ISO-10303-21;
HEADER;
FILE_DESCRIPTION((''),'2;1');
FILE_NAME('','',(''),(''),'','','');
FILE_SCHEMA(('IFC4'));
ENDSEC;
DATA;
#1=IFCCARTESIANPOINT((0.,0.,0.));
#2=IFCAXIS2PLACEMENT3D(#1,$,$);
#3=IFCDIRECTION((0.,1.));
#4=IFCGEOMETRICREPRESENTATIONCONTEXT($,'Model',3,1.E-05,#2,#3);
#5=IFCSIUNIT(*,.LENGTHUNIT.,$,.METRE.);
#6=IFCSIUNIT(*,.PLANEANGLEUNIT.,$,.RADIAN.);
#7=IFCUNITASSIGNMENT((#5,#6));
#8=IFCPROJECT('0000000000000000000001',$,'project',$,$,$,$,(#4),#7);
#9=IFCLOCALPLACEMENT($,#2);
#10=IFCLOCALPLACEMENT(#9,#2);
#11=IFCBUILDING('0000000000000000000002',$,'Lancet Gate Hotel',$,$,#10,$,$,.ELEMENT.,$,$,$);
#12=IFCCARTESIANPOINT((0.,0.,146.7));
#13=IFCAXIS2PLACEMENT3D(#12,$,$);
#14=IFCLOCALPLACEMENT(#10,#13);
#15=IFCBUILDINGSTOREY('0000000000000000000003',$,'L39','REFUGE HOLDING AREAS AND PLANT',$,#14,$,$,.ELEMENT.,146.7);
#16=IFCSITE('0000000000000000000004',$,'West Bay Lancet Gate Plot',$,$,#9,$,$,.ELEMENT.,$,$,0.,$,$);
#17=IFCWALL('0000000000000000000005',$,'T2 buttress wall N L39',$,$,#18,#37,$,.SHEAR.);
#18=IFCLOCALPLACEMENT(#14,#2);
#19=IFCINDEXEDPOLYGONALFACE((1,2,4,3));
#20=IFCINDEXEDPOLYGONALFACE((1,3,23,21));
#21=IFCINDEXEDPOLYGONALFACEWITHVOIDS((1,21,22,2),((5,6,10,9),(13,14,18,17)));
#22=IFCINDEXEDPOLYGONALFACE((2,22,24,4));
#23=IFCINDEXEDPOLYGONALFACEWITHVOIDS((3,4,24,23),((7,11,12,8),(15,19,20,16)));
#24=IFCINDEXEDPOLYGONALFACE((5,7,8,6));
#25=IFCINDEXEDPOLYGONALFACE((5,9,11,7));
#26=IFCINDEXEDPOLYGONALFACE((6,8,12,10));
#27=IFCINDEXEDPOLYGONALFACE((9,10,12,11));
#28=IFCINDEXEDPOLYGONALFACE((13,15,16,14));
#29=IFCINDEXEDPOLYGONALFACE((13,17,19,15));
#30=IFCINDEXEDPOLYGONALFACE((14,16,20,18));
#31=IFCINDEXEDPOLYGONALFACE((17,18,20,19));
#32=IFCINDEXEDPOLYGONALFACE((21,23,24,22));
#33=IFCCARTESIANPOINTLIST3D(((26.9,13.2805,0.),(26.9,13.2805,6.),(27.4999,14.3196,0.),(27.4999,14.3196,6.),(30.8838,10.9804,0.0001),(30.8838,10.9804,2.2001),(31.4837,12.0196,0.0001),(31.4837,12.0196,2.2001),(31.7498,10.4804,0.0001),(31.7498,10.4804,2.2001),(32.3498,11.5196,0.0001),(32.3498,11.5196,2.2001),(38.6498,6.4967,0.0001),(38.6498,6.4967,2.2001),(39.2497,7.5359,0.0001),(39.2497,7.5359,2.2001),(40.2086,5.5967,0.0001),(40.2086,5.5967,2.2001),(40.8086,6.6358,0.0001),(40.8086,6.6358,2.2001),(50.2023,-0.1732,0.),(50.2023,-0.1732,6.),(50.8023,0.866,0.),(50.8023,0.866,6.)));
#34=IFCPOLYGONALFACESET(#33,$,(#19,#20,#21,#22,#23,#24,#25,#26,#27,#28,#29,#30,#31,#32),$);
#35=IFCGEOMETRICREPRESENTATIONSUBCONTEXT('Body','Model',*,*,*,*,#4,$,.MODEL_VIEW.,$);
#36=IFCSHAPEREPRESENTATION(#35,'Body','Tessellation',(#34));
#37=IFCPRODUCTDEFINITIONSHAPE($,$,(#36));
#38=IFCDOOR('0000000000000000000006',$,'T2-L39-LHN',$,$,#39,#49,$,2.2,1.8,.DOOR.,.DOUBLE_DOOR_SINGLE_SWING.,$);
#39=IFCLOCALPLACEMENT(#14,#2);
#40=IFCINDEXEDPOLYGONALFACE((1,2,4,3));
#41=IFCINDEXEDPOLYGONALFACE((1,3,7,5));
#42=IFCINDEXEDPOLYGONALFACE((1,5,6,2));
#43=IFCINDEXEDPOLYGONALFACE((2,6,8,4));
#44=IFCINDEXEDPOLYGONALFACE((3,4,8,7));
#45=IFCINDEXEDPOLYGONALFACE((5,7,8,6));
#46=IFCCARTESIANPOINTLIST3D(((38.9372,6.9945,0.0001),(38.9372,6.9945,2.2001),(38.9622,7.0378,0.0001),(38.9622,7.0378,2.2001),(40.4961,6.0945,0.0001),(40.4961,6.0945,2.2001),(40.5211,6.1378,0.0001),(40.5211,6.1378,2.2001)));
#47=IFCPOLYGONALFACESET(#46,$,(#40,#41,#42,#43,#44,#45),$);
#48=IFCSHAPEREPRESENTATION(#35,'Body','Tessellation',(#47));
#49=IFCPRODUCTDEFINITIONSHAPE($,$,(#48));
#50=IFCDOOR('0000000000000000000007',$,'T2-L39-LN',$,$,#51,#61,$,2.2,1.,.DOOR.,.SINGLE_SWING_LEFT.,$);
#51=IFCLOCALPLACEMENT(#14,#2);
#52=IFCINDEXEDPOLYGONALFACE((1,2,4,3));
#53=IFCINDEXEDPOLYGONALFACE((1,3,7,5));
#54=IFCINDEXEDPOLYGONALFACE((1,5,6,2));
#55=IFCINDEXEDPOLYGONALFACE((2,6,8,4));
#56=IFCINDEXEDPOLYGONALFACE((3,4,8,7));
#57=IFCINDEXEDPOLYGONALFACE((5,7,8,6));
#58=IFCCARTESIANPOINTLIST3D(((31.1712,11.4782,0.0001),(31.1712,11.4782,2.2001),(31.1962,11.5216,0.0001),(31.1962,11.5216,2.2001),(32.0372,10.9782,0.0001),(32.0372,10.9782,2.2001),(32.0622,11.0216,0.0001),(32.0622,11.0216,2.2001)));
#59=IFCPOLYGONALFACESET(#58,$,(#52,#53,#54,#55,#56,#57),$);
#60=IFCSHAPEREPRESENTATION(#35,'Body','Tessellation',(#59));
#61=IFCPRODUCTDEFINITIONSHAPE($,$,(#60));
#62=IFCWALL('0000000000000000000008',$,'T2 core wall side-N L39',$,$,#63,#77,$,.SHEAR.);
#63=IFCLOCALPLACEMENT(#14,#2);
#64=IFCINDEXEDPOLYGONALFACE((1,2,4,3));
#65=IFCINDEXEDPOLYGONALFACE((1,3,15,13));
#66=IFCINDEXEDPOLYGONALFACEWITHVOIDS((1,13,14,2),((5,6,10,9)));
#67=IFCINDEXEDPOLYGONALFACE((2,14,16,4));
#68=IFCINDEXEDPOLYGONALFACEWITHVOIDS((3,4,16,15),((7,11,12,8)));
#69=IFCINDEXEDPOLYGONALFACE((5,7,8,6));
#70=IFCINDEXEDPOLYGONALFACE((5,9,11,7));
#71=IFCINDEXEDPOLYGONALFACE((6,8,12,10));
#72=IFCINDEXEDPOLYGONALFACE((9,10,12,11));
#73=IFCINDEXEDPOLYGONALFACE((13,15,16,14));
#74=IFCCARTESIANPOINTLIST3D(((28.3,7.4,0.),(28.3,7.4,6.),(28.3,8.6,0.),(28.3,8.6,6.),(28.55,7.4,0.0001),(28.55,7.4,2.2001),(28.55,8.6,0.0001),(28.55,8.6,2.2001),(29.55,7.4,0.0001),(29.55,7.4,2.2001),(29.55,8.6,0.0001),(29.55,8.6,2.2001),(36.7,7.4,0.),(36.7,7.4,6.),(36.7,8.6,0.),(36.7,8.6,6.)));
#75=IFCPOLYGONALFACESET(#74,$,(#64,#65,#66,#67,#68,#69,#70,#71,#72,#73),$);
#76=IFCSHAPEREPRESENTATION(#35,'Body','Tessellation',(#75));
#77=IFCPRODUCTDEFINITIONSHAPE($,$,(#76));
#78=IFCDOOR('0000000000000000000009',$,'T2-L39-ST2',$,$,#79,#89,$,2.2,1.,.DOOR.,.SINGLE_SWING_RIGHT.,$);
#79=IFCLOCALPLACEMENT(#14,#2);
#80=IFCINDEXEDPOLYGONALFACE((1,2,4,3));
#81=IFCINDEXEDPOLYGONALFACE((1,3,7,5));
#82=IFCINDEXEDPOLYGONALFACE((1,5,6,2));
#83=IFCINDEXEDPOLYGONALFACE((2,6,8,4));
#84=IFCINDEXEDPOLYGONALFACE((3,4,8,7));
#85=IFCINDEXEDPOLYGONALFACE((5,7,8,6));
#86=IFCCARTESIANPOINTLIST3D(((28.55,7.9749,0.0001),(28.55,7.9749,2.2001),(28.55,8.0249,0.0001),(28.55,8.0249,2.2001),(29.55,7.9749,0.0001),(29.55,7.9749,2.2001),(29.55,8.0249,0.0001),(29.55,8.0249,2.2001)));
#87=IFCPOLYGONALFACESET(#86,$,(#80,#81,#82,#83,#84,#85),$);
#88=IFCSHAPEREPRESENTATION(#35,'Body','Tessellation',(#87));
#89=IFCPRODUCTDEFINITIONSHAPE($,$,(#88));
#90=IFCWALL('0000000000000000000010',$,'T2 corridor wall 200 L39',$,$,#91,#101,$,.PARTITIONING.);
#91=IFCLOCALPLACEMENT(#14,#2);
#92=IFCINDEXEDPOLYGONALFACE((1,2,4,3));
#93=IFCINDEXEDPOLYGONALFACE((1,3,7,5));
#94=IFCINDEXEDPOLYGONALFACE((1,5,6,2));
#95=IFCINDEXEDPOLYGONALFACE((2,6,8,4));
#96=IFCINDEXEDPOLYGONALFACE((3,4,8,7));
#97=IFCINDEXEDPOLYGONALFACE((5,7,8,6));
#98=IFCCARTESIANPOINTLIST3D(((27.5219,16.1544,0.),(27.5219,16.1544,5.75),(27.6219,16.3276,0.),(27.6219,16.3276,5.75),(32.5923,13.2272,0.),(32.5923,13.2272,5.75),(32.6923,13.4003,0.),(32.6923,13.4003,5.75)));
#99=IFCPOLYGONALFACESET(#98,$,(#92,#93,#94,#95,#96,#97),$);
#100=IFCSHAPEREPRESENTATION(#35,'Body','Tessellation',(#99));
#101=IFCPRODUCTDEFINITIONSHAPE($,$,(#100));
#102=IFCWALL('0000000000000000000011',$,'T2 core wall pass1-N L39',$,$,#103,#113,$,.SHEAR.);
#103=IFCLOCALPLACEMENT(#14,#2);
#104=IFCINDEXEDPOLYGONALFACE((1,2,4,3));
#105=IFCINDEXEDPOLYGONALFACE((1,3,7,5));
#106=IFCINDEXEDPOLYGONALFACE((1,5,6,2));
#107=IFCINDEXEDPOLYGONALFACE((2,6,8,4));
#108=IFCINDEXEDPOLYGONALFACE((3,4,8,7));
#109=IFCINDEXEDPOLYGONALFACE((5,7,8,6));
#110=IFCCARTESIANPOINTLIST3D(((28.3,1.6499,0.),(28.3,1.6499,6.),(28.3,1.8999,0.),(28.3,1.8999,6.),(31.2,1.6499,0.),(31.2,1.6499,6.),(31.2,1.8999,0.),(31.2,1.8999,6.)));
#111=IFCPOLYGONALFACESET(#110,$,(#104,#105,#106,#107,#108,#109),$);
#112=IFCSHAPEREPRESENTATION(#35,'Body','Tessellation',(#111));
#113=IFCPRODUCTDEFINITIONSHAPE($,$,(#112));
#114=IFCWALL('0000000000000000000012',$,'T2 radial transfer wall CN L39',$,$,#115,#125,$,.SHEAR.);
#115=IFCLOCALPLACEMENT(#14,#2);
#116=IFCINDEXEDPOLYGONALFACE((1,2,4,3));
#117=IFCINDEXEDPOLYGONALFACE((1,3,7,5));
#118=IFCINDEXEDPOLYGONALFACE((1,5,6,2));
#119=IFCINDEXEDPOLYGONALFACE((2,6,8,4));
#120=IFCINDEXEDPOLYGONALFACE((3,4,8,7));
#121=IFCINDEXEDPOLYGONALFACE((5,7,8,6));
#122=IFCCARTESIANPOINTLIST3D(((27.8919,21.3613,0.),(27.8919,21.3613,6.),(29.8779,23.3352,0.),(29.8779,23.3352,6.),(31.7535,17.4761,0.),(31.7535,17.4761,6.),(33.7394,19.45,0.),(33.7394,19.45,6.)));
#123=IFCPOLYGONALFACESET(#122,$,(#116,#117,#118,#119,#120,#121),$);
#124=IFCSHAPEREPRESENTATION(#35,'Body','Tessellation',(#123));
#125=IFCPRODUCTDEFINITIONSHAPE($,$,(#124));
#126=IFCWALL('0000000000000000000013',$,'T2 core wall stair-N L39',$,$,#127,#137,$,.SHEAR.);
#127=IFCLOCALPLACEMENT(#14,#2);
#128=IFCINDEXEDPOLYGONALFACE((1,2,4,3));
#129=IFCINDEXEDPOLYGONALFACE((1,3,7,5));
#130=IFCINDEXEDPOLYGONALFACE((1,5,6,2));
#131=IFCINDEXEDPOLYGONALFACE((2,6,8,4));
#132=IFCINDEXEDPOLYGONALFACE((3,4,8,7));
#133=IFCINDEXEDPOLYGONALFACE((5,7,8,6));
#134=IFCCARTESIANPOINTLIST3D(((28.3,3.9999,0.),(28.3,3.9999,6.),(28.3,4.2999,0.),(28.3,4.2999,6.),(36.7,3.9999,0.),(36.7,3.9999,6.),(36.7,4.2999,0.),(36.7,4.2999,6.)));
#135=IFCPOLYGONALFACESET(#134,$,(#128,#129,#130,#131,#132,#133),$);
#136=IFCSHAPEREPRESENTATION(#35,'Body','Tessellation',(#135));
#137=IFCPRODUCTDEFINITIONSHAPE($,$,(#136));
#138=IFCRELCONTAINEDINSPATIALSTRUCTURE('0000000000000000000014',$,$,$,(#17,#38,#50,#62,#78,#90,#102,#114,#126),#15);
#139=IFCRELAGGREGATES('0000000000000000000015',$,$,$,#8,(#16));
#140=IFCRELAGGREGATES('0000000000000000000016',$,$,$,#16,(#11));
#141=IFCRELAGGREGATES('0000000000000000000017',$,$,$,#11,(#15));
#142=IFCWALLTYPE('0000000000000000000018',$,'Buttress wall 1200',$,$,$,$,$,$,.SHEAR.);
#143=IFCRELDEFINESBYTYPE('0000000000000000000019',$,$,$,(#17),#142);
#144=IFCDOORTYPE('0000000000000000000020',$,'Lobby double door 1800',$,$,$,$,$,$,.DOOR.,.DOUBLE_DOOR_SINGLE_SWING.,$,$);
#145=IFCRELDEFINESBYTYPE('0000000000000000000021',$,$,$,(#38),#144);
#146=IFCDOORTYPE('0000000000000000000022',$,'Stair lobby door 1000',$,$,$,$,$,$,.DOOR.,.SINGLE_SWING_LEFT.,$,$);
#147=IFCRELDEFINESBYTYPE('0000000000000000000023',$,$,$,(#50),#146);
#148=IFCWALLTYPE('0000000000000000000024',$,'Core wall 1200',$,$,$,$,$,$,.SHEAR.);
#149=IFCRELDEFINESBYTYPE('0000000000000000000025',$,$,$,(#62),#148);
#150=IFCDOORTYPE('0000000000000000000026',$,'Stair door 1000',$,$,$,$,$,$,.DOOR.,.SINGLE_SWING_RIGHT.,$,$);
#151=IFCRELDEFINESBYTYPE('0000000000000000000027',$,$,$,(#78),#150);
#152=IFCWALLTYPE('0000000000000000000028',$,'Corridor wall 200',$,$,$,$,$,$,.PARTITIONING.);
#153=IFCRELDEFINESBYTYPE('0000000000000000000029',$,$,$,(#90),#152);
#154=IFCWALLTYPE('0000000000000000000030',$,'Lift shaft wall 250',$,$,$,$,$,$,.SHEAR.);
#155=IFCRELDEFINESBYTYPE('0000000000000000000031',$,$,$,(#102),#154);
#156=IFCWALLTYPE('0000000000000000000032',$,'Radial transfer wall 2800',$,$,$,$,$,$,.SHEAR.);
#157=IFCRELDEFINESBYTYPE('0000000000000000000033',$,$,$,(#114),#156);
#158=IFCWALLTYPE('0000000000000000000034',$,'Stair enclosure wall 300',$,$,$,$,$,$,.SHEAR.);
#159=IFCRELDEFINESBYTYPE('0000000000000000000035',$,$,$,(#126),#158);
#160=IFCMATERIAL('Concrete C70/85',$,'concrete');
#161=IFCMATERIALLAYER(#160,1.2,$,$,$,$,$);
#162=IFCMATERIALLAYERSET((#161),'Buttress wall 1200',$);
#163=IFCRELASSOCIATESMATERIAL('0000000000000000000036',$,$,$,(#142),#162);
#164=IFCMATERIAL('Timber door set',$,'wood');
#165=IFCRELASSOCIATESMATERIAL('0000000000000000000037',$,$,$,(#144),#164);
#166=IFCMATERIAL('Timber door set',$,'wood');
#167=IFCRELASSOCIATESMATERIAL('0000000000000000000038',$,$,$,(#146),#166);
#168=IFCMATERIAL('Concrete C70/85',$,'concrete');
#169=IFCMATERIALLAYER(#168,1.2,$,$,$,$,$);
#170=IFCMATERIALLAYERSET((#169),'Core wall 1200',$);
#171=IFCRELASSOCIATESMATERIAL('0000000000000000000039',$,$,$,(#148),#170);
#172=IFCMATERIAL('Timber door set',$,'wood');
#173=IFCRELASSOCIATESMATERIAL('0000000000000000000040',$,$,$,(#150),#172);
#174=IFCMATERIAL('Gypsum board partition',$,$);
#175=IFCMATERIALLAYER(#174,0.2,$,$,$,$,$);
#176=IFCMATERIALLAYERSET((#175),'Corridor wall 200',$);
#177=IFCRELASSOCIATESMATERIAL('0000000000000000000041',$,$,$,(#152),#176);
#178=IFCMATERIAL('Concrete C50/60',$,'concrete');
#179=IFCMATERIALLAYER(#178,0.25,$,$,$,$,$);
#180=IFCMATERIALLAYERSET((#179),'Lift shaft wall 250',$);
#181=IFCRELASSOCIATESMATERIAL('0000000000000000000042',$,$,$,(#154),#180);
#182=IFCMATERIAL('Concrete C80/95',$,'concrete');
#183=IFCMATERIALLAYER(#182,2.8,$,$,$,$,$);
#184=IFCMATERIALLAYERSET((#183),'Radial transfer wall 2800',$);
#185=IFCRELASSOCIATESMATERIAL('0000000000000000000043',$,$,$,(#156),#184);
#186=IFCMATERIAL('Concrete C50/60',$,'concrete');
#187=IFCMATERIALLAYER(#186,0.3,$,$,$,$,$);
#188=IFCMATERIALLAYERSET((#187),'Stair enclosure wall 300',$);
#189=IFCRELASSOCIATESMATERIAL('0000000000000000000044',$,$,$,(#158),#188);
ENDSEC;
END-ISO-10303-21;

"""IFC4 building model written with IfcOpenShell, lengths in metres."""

from ifc_helpers import new_model, si_unit, direction, frame, frame_2d, origin, place, context, subcontext, project, spatial, rectangle, extrude, material, layer, layer_set, type_object, element, fill, save


model = new_model("IFC4")

# Units and contexts
model_context = context("Model", 3, precision=1e-05, world=origin(), true_north=direction((0.0, 1.0)))
body_context = subcontext(model_context, "Body", "Model", "MODEL_VIEW")
ifc_project = project(units=[si_unit("LENGTHUNIT", "METRE"), si_unit("PLANEANGLEUNIT", "RADIAN")], contexts=[model_context])

# Site, building, storey
site_placement = place(None, origin())
site = spatial("IfcSite", under=ifc_project, at=site_placement, Name="West Bay Lancet Gate Plot", CompositionType="ELEMENT", RefElevation=0.0)
building_placement = place(site_placement, origin())
building = spatial("IfcBuilding", under=site, at=building_placement, Name="Lancet Gate Hotel", CompositionType="ELEMENT")
storey_placement = place(building_placement, frame((0.0, 0.0, 146.7)))
storey = spatial("IfcBuildingStorey", under=building, at=storey_placement, Name="L39", Description="REFUGE HOLDING AREAS AND PLANT", CompositionType="ELEMENT", Elevation=146.7)

# Wall, openings, doors
ifc_material_1 = material(Name="Concrete C70/85", Category="concrete")
ifc_layer_1 = layer(ifc_material_1, 1.2)
ifc_layer_set_1 = layer_set([ifc_layer_1], Name="Buttress wall 1200")
wall_type_1 = type_object("IfcWallType", Name="Buttress wall 1200", PredefinedType="SHEAR", material=ifc_layer_set_1)
wall_1_placement = place(storey_placement, frame((27.2, 13.8, 0.0), z_axis=(0.0, 0.0, 1.0), x_axis=(0.866025, -0.500002, 0.0)))
wall_1 = element("IfcWall", 1, at=wall_1_placement, inside=storey, type_object=wall_type_1, Name="T2 buttress wall N L39", PredefinedType="SHEAR", context=body_context, shape_type="SweptSolid", body=[
    extrude(rectangle(XDim=26.9072, YDim=1.2, at=frame_2d((13.4536, 0.0))), origin(), (0.0, 0.0, 1.0), 6.0),
])
opening_1_placement = place(wall_1_placement, frame((4.6001, 0.0, 0.0)))
opening_1 = element("IfcOpeningElement", 2, at=opening_1_placement, cuts=wall_1, PredefinedType="OPENING", context=body_context, shape_type="SweptSolid", body=[
    extrude(rectangle(XDim=1.0, YDim=2.2, at=frame_2d((0.5, 1.1001))), frame((0.0, 0.6099, 0.0), z_axis=(0.0, -1.0, 0.0), x_axis=(1.0, 0.0, 0.0)), (0.0, 0.0, 1.0), 1.22),
])
opening_2_placement = place(wall_1_placement, frame((13.5676, 0.0, 0.0)))
opening_2 = element("IfcOpeningElement", 3, at=opening_2_placement, cuts=wall_1, PredefinedType="OPENING", context=body_context, shape_type="SweptSolid", body=[
    extrude(rectangle(XDim=1.8, YDim=2.2, at=frame_2d((0.8999, 1.1001))), frame((0.0, 0.6099, 0.0), z_axis=(0.0, -1.0, 0.0), x_axis=(1.0, 0.0, 0.0)), (0.0, 0.0, 1.0), 1.22),
])
ifc_material_2 = material(Name="Timber door set", Category="wood")
door_type_1 = type_object("IfcDoorType", Name="Lobby double door 1800", OperationType="DOUBLE_DOOR_SINGLE_SWING", PredefinedType="DOOR", material=ifc_material_2)
door_1_placement = place(opening_2_placement, origin())
door_1 = element("IfcDoor", 4, at=door_1_placement, inside=storey, type_object=door_type_1, Name="T2-L39-LHN", OperationType="DOUBLE_DOOR_SINGLE_SWING", OverallHeight=2.2, OverallWidth=1.8, PredefinedType="DOOR", context=body_context, shape_type="SweptSolid", body=[
    extrude(rectangle(XDim=1.8, YDim=2.2, at=frame_2d((0.8999, 1.1001))), frame((0.0, 0.0249, 0.0), z_axis=(0.0, -1.0, 0.0), x_axis=(1.0, 0.0, 0.0)), (0.0, 0.0, 1.0), 0.05),
])
fill(opening_2, door_1)
ifc_material_3 = material(Name="Timber door set", Category="wood")
door_type_2 = type_object("IfcDoorType", Name="Stair lobby door 1000", OperationType="SINGLE_SWING_LEFT", PredefinedType="DOOR", material=ifc_material_3)
door_2_placement = place(opening_1_placement, origin())
door_2 = element("IfcDoor", 5, at=door_2_placement, inside=storey, type_object=door_type_2, Name="T2-L39-LN", OperationType="SINGLE_SWING_LEFT", OverallHeight=2.2, OverallWidth=1.0, PredefinedType="DOOR", context=body_context, shape_type="SweptSolid", body=[
    extrude(rectangle(XDim=1.0, YDim=2.2, at=frame_2d((0.5, 1.1001))), frame((0.0, 0.0249, 0.0), z_axis=(0.0, -1.0, 0.0), x_axis=(1.0, 0.0, 0.0)), (0.0, 0.0, 1.0), 0.05),
])
fill(opening_1, door_2)

# Wall, opening, door
ifc_material_4 = material(Name="Concrete C70/85", Category="concrete")
ifc_layer_2 = layer(ifc_material_4, 1.2)
ifc_layer_set_2 = layer_set([ifc_layer_2], Name="Core wall 1200")
wall_type_2 = type_object("IfcWallType", Name="Core wall 1200", PredefinedType="SHEAR", material=ifc_layer_set_2)
wall_2_placement = place(storey_placement, frame((28.3, 8.0, 0.0), z_axis=(0.0, 0.0, 1.0), x_axis=(1.0, 0.0, 0.0)))
wall_2 = element("IfcWall", 6, at=wall_2_placement, inside=storey, type_object=wall_type_2, Name="T2 core wall side-N L39", PredefinedType="SHEAR", context=body_context, shape_type="SweptSolid", body=[
    extrude(rectangle(XDim=8.3999, YDim=1.2, at=frame_2d((4.2, 0.0))), origin(), (0.0, 0.0, 1.0), 6.0),
])
opening_3_placement = place(wall_2_placement, frame((0.25, 0.0, 0.0)))
opening_3 = element("IfcOpeningElement", 7, at=opening_3_placement, cuts=wall_2, PredefinedType="OPENING", context=body_context, shape_type="SweptSolid", body=[
    extrude(rectangle(XDim=1.0, YDim=2.2, at=frame_2d((0.5, 1.1001))), frame((0.0, 0.6099, 0.0), z_axis=(0.0, -1.0, 0.0), x_axis=(1.0, 0.0, 0.0)), (0.0, 0.0, 1.0), 1.22),
])
ifc_material_5 = material(Name="Timber door set", Category="wood")
door_type_3 = type_object("IfcDoorType", Name="Stair door 1000", OperationType="SINGLE_SWING_RIGHT", PredefinedType="DOOR", material=ifc_material_5)
door_3_placement = place(opening_3_placement, origin())
door_3 = element("IfcDoor", 8, at=door_3_placement, inside=storey, type_object=door_type_3, Name="T2-L39-ST2", OperationType="SINGLE_SWING_RIGHT", OverallHeight=2.2, OverallWidth=1.0, PredefinedType="DOOR", context=body_context, shape_type="SweptSolid", body=[
    extrude(rectangle(XDim=1.0, YDim=2.2, at=frame_2d((0.5, 1.1001))), frame((0.0, 0.0249, 0.0), z_axis=(0.0, -1.0, 0.0), x_axis=(1.0, 0.0, 0.0)), (0.0, 0.0, 1.0), 0.05),
])
fill(opening_3, door_3)

# Walls
ifc_material_6 = material(Name="Gypsum board partition")
ifc_layer_3 = layer(ifc_material_6, 0.2)
ifc_layer_set_3 = layer_set([ifc_layer_3], Name="Corridor wall 200")
wall_type_3 = type_object("IfcWallType", Name="Corridor wall 200", PredefinedType="PARTITIONING", material=ifc_layer_set_3)
wall_3_placement = place(storey_placement, frame((27.572, 16.241, 0.0), z_axis=(0.0, 0.0, 1.0), x_axis=(0.866033, -0.499987, 0.0)))
element("IfcWall", 9, at=wall_3_placement, inside=storey, type_object=wall_type_3, Name="T2 corridor wall 200 L39", PredefinedType="PARTITIONING", context=body_context, shape_type="SweptSolid", body=[
    extrude(rectangle(XDim=5.8547, YDim=0.2, at=frame_2d((2.9272, 0.0))), origin(), (0.0, 0.0, 1.0), 5.75),
])
ifc_material_7 = material(Name="Concrete C50/60", Category="concrete")
ifc_layer_4 = layer(ifc_material_7, 0.25)
ifc_layer_set_4 = layer_set([ifc_layer_4], Name="Lift shaft wall 250")
wall_type_4 = type_object("IfcWallType", Name="Lift shaft wall 250", PredefinedType="SHEAR", material=ifc_layer_set_4)
wall_4_placement = place(storey_placement, frame((28.3, 1.7749, 0.0), z_axis=(0.0, 0.0, 1.0), x_axis=(1.0, 0.0, 0.0)))
element("IfcWall", 10, at=wall_4_placement, inside=storey, type_object=wall_type_4, Name="T2 core wall pass1-N L39", PredefinedType="SHEAR", context=body_context, shape_type="SweptSolid", body=[
    extrude(rectangle(XDim=2.8999, YDim=0.25, at=frame_2d((1.45, 0.0))), origin(), (0.0, 0.0, 1.0), 6.0),
])
ifc_material_8 = material(Name="Concrete C80/95", Category="concrete")
ifc_layer_5 = layer(ifc_material_8, 2.8)
ifc_layer_set_5 = layer_set([ifc_layer_5], Name="Radial transfer wall 2800")
wall_type_5 = type_object("IfcWallType", Name="Radial transfer wall 2800", PredefinedType="SHEAR", material=ifc_layer_set_5)
wall_5_placement = place(storey_placement, frame((28.885, 22.3481, 0.0), z_axis=(0.0, 0.0, 1.0), x_axis=(0.704942, -0.709265, 0.0)))
element("IfcWall", 11, at=wall_5_placement, inside=storey, type_object=wall_type_5, Name="T2 radial transfer wall CN L39", PredefinedType="SHEAR", context=body_context, shape_type="SweptSolid", body=[
    extrude(rectangle(XDim=5.4778, YDim=2.8, at=frame_2d((2.7388, 0.0))), origin(), (0.0, 0.0, 1.0), 6.0),
])
ifc_material_9 = material(Name="Concrete C50/60", Category="concrete")
ifc_layer_6 = layer(ifc_material_9, 0.3)
ifc_layer_set_6 = layer_set([ifc_layer_6], Name="Stair enclosure wall 300")
wall_type_6 = type_object("IfcWallType", Name="Stair enclosure wall 300", PredefinedType="SHEAR", material=ifc_layer_set_6)
wall_6_placement = place(storey_placement, frame((28.3, 4.1499, 0.0), z_axis=(0.0, 0.0, 1.0), x_axis=(1.0, 0.0, 0.0)))
element("IfcWall", 12, at=wall_6_placement, inside=storey, type_object=wall_type_6, Name="T2 core wall stair-N L39", PredefinedType="SHEAR", context=body_context, shape_type="SweptSolid", body=[
    extrude(rectangle(XDim=8.3999, YDim=0.3, at=frame_2d((4.2, 0.0))), origin(), (0.0, 0.0, 1.0), 6.0),
])

save(model, "model.ifc")
